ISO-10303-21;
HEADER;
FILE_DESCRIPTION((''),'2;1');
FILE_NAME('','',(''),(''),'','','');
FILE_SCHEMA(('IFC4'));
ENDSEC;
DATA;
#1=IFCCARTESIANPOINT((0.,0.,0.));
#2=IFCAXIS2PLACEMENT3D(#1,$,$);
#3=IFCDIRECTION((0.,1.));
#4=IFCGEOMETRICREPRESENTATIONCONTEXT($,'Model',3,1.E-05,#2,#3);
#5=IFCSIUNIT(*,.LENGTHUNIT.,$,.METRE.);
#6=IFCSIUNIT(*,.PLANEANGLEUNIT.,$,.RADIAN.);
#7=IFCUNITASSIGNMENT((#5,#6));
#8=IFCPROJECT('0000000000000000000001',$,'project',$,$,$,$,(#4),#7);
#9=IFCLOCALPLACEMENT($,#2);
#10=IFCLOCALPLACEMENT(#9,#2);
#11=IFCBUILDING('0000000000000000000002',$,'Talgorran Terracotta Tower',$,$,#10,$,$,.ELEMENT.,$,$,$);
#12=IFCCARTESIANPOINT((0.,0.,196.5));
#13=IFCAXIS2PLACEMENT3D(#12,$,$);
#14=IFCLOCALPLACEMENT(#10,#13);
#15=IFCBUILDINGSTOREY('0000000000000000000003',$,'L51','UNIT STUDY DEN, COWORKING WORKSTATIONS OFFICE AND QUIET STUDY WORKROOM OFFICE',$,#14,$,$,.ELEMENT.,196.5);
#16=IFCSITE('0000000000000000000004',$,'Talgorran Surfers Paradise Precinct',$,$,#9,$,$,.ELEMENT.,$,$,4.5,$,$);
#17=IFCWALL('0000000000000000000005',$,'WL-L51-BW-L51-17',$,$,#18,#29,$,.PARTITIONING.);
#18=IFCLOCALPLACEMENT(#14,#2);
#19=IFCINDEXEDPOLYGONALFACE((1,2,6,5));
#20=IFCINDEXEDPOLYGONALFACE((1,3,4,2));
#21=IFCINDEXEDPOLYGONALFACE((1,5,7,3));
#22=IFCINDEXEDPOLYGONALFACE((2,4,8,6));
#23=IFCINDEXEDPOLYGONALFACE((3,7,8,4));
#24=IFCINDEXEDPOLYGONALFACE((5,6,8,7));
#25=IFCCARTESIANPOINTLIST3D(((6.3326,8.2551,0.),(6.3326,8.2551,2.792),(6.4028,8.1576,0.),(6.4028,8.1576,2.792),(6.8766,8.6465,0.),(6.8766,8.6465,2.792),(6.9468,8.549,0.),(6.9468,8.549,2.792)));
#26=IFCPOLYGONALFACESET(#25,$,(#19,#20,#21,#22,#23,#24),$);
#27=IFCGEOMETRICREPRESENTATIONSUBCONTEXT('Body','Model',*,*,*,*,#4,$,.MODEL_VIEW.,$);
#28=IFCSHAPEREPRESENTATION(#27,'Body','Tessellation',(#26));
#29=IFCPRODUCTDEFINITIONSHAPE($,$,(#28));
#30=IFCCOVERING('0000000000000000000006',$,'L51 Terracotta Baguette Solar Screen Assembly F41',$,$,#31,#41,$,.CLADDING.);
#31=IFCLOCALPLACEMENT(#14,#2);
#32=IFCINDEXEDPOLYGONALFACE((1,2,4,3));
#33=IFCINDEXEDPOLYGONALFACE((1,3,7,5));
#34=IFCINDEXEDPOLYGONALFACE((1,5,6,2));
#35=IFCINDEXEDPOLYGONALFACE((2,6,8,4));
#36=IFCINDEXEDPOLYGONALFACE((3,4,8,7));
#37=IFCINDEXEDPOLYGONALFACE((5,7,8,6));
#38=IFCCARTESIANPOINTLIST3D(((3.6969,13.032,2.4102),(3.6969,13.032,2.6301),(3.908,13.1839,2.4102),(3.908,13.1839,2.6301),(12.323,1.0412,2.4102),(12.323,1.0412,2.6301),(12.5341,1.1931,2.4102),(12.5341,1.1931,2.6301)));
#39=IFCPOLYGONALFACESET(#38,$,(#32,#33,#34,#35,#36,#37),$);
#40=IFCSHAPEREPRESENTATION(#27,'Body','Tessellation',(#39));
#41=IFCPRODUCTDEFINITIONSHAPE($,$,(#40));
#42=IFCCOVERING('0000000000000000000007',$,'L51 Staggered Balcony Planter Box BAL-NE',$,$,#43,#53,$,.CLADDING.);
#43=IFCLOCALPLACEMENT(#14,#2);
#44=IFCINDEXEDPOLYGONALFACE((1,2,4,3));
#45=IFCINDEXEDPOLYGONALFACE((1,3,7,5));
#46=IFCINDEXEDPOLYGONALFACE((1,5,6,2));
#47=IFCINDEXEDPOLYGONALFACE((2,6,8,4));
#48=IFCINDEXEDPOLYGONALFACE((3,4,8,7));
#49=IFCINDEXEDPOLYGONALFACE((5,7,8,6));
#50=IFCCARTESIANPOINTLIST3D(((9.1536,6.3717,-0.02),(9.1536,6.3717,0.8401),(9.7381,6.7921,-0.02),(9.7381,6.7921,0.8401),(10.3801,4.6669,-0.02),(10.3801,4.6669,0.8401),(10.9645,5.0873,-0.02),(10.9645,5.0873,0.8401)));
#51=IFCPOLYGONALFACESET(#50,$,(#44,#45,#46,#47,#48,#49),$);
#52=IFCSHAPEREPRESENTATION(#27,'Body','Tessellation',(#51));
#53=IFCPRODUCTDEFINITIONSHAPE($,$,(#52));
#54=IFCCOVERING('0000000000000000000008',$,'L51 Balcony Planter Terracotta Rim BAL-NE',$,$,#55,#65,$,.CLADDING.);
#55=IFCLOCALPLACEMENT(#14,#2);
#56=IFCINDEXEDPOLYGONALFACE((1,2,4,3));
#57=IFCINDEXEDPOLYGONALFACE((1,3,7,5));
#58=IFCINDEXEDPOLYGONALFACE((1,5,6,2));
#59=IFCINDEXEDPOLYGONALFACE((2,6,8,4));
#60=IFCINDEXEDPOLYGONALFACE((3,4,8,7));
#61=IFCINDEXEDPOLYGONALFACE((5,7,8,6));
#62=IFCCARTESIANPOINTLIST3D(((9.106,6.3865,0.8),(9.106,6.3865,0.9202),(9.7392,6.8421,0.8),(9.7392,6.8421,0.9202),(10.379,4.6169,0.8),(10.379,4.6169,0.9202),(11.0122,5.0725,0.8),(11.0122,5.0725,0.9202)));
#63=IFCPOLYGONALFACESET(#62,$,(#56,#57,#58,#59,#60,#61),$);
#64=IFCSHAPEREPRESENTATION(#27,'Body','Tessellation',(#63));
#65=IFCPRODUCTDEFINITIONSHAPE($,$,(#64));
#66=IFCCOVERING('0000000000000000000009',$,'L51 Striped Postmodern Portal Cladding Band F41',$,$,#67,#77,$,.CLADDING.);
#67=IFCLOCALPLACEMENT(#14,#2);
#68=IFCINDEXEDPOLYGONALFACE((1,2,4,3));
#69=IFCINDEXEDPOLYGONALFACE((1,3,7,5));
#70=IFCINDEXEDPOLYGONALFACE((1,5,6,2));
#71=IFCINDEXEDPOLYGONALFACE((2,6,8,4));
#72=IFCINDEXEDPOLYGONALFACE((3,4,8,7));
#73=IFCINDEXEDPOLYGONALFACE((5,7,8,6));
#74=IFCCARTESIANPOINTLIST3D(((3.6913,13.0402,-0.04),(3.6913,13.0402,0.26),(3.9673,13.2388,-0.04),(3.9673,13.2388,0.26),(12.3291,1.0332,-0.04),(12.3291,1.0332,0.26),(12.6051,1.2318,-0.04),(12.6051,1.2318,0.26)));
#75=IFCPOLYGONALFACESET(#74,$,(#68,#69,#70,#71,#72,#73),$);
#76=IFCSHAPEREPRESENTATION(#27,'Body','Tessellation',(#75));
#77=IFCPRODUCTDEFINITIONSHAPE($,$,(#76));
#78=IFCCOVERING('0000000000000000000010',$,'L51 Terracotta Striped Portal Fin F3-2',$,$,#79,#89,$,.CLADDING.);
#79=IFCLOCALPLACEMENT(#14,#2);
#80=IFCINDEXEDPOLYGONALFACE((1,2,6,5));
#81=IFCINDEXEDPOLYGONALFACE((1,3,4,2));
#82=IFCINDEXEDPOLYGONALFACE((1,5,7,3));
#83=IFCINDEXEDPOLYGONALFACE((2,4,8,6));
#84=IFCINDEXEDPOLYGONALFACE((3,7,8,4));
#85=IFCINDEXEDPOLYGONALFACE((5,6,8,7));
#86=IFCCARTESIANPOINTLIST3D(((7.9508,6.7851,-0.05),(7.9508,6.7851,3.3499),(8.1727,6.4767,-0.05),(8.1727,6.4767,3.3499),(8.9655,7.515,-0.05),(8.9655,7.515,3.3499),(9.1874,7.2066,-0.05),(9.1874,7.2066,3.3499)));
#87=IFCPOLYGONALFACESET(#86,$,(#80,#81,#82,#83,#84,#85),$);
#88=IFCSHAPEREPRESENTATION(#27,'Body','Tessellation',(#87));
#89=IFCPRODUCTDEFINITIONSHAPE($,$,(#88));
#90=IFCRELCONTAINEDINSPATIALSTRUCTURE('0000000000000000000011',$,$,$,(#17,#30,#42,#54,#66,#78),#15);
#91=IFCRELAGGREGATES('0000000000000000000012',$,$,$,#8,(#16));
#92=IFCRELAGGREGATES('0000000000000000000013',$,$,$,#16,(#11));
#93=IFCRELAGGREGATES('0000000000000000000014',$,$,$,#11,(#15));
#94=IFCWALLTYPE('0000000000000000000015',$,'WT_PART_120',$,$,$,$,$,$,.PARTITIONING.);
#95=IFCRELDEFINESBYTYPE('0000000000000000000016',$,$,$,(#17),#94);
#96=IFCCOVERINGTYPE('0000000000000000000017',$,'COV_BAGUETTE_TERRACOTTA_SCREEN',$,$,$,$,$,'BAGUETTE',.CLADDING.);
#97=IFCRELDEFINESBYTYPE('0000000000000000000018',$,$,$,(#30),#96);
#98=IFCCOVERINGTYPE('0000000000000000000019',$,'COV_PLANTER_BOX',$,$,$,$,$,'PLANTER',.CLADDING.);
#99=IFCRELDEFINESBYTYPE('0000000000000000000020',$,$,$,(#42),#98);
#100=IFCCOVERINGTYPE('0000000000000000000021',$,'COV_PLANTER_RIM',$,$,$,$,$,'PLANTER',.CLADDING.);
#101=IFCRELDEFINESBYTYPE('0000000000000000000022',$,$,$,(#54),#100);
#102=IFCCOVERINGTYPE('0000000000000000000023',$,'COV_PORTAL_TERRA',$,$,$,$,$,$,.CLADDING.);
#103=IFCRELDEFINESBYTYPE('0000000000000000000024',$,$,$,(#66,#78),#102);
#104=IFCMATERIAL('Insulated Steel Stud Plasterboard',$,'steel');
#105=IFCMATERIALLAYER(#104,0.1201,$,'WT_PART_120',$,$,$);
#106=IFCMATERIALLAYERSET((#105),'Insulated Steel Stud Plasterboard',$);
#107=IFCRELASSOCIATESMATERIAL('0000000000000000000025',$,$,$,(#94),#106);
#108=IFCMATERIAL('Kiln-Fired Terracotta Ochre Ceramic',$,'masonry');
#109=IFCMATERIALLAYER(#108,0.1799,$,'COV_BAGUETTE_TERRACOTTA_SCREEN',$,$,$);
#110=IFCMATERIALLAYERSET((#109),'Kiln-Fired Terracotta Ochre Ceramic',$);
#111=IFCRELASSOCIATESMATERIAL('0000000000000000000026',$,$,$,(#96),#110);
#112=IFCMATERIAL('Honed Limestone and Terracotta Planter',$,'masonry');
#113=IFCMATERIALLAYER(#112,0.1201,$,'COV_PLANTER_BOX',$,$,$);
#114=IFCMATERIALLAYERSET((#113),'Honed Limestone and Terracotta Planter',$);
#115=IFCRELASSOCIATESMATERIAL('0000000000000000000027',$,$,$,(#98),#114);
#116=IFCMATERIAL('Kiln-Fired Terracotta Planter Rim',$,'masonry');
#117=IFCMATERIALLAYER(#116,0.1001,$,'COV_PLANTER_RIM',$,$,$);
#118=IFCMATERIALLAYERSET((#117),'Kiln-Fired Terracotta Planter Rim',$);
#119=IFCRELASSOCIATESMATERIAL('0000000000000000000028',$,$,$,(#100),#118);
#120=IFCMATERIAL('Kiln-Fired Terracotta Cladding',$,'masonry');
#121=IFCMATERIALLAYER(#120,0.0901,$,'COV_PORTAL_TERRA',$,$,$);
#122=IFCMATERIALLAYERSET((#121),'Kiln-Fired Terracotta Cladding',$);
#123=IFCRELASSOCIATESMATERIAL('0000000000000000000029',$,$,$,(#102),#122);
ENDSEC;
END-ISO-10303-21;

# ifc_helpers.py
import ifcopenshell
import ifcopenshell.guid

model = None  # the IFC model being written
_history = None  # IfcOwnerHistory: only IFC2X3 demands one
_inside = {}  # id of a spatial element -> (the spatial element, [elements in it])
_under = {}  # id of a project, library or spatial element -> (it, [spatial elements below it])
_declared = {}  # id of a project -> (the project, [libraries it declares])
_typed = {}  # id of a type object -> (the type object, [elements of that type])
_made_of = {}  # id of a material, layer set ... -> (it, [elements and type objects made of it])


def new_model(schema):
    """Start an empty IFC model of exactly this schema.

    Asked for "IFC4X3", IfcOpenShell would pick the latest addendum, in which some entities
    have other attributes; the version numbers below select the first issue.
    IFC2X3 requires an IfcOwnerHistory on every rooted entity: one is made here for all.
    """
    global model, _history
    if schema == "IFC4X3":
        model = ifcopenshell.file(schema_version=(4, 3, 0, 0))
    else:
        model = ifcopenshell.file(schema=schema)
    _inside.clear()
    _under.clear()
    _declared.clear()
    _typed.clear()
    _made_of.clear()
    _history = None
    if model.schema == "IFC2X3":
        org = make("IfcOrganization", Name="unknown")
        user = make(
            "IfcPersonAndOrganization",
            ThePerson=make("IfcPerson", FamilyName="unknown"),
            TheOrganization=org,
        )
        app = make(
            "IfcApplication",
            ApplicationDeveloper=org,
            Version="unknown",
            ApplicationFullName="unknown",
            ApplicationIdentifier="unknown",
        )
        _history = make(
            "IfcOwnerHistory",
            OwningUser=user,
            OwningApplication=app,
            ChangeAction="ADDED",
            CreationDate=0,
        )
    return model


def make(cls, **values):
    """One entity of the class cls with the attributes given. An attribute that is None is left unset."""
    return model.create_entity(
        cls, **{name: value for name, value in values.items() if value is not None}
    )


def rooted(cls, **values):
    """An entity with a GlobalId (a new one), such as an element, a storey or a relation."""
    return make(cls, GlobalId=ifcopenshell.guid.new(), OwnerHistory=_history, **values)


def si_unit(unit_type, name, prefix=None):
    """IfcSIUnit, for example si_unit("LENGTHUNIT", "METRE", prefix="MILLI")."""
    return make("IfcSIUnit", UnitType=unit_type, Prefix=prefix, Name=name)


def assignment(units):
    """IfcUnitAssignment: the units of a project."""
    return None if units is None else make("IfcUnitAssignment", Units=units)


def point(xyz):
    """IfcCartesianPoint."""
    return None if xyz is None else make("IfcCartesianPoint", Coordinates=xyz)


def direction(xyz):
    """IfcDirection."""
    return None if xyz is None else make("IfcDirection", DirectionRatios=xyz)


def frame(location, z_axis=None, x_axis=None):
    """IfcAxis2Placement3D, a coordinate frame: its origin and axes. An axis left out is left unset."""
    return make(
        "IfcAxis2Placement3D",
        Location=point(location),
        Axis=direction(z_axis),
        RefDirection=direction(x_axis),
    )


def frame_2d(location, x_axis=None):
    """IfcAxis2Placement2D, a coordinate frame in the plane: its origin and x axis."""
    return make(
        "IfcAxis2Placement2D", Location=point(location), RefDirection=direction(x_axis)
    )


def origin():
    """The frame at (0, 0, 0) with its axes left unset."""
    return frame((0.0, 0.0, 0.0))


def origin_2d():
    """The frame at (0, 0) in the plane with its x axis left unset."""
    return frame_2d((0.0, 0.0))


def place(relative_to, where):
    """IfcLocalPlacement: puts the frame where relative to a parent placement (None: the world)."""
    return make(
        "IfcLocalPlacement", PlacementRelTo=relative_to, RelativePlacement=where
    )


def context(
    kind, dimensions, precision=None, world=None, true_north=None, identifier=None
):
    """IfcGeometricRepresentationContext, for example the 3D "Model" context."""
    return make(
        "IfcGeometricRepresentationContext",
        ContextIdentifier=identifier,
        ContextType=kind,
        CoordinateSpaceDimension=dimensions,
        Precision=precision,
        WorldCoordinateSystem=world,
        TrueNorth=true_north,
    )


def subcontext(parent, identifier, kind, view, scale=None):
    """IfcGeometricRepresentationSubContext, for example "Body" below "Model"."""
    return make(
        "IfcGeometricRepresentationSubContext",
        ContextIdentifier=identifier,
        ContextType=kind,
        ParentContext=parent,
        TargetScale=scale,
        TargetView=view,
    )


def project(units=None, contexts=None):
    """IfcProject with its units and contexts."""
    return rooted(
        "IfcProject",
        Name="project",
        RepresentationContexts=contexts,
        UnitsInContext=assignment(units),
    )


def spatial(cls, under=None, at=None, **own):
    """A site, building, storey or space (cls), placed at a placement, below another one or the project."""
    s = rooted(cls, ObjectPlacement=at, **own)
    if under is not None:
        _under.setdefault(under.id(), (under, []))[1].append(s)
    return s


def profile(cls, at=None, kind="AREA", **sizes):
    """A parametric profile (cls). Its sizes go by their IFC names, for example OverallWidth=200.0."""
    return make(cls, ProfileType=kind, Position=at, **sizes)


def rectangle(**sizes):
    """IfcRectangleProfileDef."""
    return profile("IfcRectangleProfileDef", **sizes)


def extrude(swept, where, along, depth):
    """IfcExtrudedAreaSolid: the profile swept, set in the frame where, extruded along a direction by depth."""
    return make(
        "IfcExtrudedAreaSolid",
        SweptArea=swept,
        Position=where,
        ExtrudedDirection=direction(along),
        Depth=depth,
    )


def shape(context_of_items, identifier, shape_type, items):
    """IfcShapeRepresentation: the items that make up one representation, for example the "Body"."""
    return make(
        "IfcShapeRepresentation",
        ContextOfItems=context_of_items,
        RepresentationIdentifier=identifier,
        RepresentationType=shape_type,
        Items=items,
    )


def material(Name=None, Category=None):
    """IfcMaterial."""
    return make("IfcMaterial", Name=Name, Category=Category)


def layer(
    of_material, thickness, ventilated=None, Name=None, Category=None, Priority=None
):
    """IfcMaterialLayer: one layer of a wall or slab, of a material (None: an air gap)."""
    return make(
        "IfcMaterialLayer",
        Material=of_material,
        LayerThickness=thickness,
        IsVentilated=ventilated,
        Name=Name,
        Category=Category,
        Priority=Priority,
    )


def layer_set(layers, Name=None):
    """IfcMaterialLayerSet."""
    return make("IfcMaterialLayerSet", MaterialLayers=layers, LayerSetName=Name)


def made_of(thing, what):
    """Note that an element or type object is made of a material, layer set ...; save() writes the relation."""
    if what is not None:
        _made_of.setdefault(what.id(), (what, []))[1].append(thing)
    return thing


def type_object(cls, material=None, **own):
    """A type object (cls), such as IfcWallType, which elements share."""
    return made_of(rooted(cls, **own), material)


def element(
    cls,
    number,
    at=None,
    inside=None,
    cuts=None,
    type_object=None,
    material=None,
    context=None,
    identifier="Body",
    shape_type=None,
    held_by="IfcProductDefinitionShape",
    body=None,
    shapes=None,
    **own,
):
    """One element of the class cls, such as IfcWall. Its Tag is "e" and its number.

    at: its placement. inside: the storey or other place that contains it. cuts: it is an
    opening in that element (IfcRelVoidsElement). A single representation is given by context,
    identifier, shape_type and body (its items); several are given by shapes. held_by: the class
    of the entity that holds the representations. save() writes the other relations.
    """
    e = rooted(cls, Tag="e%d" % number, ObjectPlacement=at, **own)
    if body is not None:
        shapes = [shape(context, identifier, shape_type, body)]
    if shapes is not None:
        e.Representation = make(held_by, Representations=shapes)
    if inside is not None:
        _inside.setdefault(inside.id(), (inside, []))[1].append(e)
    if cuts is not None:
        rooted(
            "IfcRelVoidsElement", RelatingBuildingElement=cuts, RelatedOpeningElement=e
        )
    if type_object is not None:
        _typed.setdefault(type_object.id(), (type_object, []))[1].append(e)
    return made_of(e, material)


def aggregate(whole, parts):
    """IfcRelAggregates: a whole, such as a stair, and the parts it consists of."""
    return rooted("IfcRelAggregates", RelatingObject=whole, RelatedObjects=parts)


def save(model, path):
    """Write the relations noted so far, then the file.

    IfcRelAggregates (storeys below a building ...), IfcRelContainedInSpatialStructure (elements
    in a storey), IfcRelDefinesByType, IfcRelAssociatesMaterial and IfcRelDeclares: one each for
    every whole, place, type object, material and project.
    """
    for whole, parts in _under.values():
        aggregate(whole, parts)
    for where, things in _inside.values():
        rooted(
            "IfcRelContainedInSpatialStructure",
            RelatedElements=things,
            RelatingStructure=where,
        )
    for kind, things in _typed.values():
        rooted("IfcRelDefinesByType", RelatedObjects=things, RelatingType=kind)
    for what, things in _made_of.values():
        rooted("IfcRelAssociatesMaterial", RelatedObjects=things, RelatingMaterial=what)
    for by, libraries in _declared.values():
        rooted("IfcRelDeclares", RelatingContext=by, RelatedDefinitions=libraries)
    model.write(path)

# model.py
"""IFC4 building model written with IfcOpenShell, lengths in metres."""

from ifc_helpers import new_model, si_unit, direction, frame, frame_2d, origin, origin_2d, place, context, subcontext, project, spatial, rectangle, extrude, material, layer, layer_set, type_object, element, save


model = new_model("IFC4")

# Units and contexts
model_context = context("Model", 3, precision=1e-05, world=origin(), true_north=direction((0.0, 1.0)))
body_context = subcontext(model_context, "Body", "Model", "MODEL_VIEW")
ifc_project = project(units=[si_unit("LENGTHUNIT", "METRE"), si_unit("PLANEANGLEUNIT", "RADIAN")], contexts=[model_context])

# Site, building, storey
site_placement = place(None, origin())
site = spatial("IfcSite", under=ifc_project, at=site_placement, Name="Talgorran Surfers Paradise Precinct", CompositionType="ELEMENT", RefElevation=4.5)
building_placement = place(site_placement, origin())
building = spatial("IfcBuilding", under=site, at=building_placement, Name="Talgorran Terracotta Tower", CompositionType="ELEMENT")
storey_placement = place(building_placement, frame((0.0, 0.0, 196.5)))
storey = spatial("IfcBuildingStorey", under=building, at=storey_placement, Name="L51", Description="UNIT STUDY DEN, COWORKING WORKSTATIONS OFFICE AND QUIET STUDY WORKROOM OFFICE", CompositionType="ELEMENT", Elevation=196.5)

# Wall
ifc_material_1 = material(Name="Insulated Steel Stud Plasterboard", Category="steel")
ifc_layer_1 = layer(ifc_material_1, 0.1201, Name="WT_PART_120")
ifc_layer_set_1 = layer_set([ifc_layer_1], Name="Insulated Steel Stud Plasterboard")
wall_type_1 = type_object("IfcWallType", Name="WT_PART_120", PredefinedType="PARTITIONING", material=ifc_layer_set_1)
wall_1_placement = place(storey_placement, frame((6.9116, 8.5977, 0.0), z_axis=(0.0, 0.0, 1.0), x_axis=(-0.811735, -0.584026, 0.0)))
element("IfcWall", 1, at=wall_1_placement, inside=storey, type_object=wall_type_1, Name="WL-L51-BW-L51-17", PredefinedType="PARTITIONING", context=body_context, shape_type="SweptSolid", body=[
    extrude(rectangle(XDim=0.6702, YDim=0.1201, at=frame_2d((0.335, 0.0))), origin(), (0.0, 0.0, 1.0), 2.792),
])

# Coverings
ifc_material_2 = material(Name="Kiln-Fired Terracotta Ochre Ceramic", Category="masonry")
ifc_layer_2 = layer(ifc_material_2, 0.1799, Name="COV_BAGUETTE_TERRACOTTA_SCREEN")
ifc_layer_set_2 = layer_set([ifc_layer_2], Name="Kiln-Fired Terracotta Ochre Ceramic")
covering_type_1 = type_object("IfcCoveringType", Name="COV_BAGUETTE_TERRACOTTA_SCREEN", ElementType="BAGUETTE", PredefinedType="CLADDING", material=ifc_layer_set_2)
covering_1_placement = place(storey_placement, frame((8.1155, 7.1125, 2.4102), z_axis=(0.0, 0.0, 1.0), x_axis=(-0.583981, 0.811768, 0.0)))
element("IfcCovering", 2, at=covering_1_placement, inside=storey, type_object=covering_type_1, Name="L51 Terracotta Baguette Solar Screen Assembly F41", PredefinedType="CLADDING", context=body_context, shape_type="SweptSolid", body=[
    extrude(rectangle(XDim=14.7712, YDim=0.26, at=origin_2d()), origin(), (0.0, 0.0, 1.0), 0.22),
])
ifc_material_3 = material(Name="Honed Limestone and Terracotta Planter", Category="masonry")
ifc_layer_3 = layer(ifc_material_3, 0.1201, Name="COV_PLANTER_BOX")
ifc_layer_set_3 = layer_set([ifc_layer_3], Name="Honed Limestone and Terracotta Planter")
covering_type_2 = type_object("IfcCoveringType", Name="COV_PLANTER_BOX", ElementType="PLANTER", PredefinedType="CLADDING", material=ifc_layer_set_3)
covering_2_placement = place(storey_placement, frame((10.0591, 5.7295, -0.02), z_axis=(0.0, 0.0, 1.0), x_axis=(-0.583981, 0.811768, 0.0)))
element("IfcCovering", 3, at=covering_2_placement, inside=storey, type_object=covering_type_2, Name="L51 Staggered Balcony Planter Box BAL-NE", PredefinedType="CLADDING", context=body_context, shape_type="SweptSolid", body=[
    extrude(rectangle(XDim=2.1001, YDim=0.72, at=origin_2d()), origin(), (0.0, 0.0, 1.0), 0.8601),
])
ifc_material_4 = material(Name="Kiln-Fired Terracotta Planter Rim", Category="masonry")
ifc_layer_4 = layer(ifc_material_4, 0.1001, Name="COV_PLANTER_RIM")
ifc_layer_set_4 = layer_set([ifc_layer_4], Name="Kiln-Fired Terracotta Planter Rim")
covering_type_3 = type_object("IfcCoveringType", Name="COV_PLANTER_RIM", ElementType="PLANTER", PredefinedType="CLADDING", material=ifc_layer_set_4)
covering_3_placement = place(storey_placement, frame((10.0591, 5.7295, 0.8), z_axis=(0.0, 0.0, 1.0), x_axis=(-0.583981, 0.811768, 0.0)))
element("IfcCovering", 4, at=covering_3_placement, inside=storey, type_object=covering_type_3, Name="L51 Balcony Planter Terracotta Rim BAL-NE", PredefinedType="CLADDING", context=body_context, shape_type="SweptSolid", body=[
    extrude(rectangle(XDim=2.1799, YDim=0.78, at=origin_2d()), origin(), (0.0, 0.0, 1.0), 0.1201),
])
ifc_material_5 = material(Name="Kiln-Fired Terracotta Cladding", Category="masonry")
ifc_layer_5 = layer(ifc_material_5, 0.0901, Name="COV_PORTAL_TERRA")
ifc_layer_set_5 = layer_set([ifc_layer_5], Name="Kiln-Fired Terracotta Cladding")
covering_type_4 = type_object("IfcCoveringType", Name="COV_PORTAL_TERRA", PredefinedType="CLADDING", material=ifc_layer_set_5)
covering_4_placement = place(storey_placement, frame((8.1482, 7.136, -0.04), z_axis=(0.0, 0.0, 1.0), x_axis=(-0.583981, 0.811768, 0.0)))
element("IfcCovering", 5, at=covering_4_placement, inside=storey, type_object=covering_type_4, Name="L51 Striped Postmodern Portal Cladding Band F41", PredefinedType="CLADDING", context=body_context, shape_type="SweptSolid", body=[
    extrude(rectangle(XDim=14.7913, YDim=0.3401, at=origin_2d()), origin(), (0.0, 0.0, 1.0), 0.3),
])
covering_5_placement = place(storey_placement, frame((8.5691, 6.9958, -0.05), z_axis=(0.0, 0.0, 1.0), x_axis=(-0.583981, 0.811768, 0.0)))
element("IfcCovering", 6, at=covering_5_placement, inside=storey, type_object=covering_type_4, Name="L51 Terracotta Striped Portal Fin F3-2", PredefinedType="CLADDING", context=body_context, shape_type="SweptSolid", body=[
    extrude(rectangle(XDim=0.3799, YDim=1.25, at=origin_2d()), origin(), (0.0, 0.0, 1.0), 3.3999),
])

save(model, "model.ifc")
